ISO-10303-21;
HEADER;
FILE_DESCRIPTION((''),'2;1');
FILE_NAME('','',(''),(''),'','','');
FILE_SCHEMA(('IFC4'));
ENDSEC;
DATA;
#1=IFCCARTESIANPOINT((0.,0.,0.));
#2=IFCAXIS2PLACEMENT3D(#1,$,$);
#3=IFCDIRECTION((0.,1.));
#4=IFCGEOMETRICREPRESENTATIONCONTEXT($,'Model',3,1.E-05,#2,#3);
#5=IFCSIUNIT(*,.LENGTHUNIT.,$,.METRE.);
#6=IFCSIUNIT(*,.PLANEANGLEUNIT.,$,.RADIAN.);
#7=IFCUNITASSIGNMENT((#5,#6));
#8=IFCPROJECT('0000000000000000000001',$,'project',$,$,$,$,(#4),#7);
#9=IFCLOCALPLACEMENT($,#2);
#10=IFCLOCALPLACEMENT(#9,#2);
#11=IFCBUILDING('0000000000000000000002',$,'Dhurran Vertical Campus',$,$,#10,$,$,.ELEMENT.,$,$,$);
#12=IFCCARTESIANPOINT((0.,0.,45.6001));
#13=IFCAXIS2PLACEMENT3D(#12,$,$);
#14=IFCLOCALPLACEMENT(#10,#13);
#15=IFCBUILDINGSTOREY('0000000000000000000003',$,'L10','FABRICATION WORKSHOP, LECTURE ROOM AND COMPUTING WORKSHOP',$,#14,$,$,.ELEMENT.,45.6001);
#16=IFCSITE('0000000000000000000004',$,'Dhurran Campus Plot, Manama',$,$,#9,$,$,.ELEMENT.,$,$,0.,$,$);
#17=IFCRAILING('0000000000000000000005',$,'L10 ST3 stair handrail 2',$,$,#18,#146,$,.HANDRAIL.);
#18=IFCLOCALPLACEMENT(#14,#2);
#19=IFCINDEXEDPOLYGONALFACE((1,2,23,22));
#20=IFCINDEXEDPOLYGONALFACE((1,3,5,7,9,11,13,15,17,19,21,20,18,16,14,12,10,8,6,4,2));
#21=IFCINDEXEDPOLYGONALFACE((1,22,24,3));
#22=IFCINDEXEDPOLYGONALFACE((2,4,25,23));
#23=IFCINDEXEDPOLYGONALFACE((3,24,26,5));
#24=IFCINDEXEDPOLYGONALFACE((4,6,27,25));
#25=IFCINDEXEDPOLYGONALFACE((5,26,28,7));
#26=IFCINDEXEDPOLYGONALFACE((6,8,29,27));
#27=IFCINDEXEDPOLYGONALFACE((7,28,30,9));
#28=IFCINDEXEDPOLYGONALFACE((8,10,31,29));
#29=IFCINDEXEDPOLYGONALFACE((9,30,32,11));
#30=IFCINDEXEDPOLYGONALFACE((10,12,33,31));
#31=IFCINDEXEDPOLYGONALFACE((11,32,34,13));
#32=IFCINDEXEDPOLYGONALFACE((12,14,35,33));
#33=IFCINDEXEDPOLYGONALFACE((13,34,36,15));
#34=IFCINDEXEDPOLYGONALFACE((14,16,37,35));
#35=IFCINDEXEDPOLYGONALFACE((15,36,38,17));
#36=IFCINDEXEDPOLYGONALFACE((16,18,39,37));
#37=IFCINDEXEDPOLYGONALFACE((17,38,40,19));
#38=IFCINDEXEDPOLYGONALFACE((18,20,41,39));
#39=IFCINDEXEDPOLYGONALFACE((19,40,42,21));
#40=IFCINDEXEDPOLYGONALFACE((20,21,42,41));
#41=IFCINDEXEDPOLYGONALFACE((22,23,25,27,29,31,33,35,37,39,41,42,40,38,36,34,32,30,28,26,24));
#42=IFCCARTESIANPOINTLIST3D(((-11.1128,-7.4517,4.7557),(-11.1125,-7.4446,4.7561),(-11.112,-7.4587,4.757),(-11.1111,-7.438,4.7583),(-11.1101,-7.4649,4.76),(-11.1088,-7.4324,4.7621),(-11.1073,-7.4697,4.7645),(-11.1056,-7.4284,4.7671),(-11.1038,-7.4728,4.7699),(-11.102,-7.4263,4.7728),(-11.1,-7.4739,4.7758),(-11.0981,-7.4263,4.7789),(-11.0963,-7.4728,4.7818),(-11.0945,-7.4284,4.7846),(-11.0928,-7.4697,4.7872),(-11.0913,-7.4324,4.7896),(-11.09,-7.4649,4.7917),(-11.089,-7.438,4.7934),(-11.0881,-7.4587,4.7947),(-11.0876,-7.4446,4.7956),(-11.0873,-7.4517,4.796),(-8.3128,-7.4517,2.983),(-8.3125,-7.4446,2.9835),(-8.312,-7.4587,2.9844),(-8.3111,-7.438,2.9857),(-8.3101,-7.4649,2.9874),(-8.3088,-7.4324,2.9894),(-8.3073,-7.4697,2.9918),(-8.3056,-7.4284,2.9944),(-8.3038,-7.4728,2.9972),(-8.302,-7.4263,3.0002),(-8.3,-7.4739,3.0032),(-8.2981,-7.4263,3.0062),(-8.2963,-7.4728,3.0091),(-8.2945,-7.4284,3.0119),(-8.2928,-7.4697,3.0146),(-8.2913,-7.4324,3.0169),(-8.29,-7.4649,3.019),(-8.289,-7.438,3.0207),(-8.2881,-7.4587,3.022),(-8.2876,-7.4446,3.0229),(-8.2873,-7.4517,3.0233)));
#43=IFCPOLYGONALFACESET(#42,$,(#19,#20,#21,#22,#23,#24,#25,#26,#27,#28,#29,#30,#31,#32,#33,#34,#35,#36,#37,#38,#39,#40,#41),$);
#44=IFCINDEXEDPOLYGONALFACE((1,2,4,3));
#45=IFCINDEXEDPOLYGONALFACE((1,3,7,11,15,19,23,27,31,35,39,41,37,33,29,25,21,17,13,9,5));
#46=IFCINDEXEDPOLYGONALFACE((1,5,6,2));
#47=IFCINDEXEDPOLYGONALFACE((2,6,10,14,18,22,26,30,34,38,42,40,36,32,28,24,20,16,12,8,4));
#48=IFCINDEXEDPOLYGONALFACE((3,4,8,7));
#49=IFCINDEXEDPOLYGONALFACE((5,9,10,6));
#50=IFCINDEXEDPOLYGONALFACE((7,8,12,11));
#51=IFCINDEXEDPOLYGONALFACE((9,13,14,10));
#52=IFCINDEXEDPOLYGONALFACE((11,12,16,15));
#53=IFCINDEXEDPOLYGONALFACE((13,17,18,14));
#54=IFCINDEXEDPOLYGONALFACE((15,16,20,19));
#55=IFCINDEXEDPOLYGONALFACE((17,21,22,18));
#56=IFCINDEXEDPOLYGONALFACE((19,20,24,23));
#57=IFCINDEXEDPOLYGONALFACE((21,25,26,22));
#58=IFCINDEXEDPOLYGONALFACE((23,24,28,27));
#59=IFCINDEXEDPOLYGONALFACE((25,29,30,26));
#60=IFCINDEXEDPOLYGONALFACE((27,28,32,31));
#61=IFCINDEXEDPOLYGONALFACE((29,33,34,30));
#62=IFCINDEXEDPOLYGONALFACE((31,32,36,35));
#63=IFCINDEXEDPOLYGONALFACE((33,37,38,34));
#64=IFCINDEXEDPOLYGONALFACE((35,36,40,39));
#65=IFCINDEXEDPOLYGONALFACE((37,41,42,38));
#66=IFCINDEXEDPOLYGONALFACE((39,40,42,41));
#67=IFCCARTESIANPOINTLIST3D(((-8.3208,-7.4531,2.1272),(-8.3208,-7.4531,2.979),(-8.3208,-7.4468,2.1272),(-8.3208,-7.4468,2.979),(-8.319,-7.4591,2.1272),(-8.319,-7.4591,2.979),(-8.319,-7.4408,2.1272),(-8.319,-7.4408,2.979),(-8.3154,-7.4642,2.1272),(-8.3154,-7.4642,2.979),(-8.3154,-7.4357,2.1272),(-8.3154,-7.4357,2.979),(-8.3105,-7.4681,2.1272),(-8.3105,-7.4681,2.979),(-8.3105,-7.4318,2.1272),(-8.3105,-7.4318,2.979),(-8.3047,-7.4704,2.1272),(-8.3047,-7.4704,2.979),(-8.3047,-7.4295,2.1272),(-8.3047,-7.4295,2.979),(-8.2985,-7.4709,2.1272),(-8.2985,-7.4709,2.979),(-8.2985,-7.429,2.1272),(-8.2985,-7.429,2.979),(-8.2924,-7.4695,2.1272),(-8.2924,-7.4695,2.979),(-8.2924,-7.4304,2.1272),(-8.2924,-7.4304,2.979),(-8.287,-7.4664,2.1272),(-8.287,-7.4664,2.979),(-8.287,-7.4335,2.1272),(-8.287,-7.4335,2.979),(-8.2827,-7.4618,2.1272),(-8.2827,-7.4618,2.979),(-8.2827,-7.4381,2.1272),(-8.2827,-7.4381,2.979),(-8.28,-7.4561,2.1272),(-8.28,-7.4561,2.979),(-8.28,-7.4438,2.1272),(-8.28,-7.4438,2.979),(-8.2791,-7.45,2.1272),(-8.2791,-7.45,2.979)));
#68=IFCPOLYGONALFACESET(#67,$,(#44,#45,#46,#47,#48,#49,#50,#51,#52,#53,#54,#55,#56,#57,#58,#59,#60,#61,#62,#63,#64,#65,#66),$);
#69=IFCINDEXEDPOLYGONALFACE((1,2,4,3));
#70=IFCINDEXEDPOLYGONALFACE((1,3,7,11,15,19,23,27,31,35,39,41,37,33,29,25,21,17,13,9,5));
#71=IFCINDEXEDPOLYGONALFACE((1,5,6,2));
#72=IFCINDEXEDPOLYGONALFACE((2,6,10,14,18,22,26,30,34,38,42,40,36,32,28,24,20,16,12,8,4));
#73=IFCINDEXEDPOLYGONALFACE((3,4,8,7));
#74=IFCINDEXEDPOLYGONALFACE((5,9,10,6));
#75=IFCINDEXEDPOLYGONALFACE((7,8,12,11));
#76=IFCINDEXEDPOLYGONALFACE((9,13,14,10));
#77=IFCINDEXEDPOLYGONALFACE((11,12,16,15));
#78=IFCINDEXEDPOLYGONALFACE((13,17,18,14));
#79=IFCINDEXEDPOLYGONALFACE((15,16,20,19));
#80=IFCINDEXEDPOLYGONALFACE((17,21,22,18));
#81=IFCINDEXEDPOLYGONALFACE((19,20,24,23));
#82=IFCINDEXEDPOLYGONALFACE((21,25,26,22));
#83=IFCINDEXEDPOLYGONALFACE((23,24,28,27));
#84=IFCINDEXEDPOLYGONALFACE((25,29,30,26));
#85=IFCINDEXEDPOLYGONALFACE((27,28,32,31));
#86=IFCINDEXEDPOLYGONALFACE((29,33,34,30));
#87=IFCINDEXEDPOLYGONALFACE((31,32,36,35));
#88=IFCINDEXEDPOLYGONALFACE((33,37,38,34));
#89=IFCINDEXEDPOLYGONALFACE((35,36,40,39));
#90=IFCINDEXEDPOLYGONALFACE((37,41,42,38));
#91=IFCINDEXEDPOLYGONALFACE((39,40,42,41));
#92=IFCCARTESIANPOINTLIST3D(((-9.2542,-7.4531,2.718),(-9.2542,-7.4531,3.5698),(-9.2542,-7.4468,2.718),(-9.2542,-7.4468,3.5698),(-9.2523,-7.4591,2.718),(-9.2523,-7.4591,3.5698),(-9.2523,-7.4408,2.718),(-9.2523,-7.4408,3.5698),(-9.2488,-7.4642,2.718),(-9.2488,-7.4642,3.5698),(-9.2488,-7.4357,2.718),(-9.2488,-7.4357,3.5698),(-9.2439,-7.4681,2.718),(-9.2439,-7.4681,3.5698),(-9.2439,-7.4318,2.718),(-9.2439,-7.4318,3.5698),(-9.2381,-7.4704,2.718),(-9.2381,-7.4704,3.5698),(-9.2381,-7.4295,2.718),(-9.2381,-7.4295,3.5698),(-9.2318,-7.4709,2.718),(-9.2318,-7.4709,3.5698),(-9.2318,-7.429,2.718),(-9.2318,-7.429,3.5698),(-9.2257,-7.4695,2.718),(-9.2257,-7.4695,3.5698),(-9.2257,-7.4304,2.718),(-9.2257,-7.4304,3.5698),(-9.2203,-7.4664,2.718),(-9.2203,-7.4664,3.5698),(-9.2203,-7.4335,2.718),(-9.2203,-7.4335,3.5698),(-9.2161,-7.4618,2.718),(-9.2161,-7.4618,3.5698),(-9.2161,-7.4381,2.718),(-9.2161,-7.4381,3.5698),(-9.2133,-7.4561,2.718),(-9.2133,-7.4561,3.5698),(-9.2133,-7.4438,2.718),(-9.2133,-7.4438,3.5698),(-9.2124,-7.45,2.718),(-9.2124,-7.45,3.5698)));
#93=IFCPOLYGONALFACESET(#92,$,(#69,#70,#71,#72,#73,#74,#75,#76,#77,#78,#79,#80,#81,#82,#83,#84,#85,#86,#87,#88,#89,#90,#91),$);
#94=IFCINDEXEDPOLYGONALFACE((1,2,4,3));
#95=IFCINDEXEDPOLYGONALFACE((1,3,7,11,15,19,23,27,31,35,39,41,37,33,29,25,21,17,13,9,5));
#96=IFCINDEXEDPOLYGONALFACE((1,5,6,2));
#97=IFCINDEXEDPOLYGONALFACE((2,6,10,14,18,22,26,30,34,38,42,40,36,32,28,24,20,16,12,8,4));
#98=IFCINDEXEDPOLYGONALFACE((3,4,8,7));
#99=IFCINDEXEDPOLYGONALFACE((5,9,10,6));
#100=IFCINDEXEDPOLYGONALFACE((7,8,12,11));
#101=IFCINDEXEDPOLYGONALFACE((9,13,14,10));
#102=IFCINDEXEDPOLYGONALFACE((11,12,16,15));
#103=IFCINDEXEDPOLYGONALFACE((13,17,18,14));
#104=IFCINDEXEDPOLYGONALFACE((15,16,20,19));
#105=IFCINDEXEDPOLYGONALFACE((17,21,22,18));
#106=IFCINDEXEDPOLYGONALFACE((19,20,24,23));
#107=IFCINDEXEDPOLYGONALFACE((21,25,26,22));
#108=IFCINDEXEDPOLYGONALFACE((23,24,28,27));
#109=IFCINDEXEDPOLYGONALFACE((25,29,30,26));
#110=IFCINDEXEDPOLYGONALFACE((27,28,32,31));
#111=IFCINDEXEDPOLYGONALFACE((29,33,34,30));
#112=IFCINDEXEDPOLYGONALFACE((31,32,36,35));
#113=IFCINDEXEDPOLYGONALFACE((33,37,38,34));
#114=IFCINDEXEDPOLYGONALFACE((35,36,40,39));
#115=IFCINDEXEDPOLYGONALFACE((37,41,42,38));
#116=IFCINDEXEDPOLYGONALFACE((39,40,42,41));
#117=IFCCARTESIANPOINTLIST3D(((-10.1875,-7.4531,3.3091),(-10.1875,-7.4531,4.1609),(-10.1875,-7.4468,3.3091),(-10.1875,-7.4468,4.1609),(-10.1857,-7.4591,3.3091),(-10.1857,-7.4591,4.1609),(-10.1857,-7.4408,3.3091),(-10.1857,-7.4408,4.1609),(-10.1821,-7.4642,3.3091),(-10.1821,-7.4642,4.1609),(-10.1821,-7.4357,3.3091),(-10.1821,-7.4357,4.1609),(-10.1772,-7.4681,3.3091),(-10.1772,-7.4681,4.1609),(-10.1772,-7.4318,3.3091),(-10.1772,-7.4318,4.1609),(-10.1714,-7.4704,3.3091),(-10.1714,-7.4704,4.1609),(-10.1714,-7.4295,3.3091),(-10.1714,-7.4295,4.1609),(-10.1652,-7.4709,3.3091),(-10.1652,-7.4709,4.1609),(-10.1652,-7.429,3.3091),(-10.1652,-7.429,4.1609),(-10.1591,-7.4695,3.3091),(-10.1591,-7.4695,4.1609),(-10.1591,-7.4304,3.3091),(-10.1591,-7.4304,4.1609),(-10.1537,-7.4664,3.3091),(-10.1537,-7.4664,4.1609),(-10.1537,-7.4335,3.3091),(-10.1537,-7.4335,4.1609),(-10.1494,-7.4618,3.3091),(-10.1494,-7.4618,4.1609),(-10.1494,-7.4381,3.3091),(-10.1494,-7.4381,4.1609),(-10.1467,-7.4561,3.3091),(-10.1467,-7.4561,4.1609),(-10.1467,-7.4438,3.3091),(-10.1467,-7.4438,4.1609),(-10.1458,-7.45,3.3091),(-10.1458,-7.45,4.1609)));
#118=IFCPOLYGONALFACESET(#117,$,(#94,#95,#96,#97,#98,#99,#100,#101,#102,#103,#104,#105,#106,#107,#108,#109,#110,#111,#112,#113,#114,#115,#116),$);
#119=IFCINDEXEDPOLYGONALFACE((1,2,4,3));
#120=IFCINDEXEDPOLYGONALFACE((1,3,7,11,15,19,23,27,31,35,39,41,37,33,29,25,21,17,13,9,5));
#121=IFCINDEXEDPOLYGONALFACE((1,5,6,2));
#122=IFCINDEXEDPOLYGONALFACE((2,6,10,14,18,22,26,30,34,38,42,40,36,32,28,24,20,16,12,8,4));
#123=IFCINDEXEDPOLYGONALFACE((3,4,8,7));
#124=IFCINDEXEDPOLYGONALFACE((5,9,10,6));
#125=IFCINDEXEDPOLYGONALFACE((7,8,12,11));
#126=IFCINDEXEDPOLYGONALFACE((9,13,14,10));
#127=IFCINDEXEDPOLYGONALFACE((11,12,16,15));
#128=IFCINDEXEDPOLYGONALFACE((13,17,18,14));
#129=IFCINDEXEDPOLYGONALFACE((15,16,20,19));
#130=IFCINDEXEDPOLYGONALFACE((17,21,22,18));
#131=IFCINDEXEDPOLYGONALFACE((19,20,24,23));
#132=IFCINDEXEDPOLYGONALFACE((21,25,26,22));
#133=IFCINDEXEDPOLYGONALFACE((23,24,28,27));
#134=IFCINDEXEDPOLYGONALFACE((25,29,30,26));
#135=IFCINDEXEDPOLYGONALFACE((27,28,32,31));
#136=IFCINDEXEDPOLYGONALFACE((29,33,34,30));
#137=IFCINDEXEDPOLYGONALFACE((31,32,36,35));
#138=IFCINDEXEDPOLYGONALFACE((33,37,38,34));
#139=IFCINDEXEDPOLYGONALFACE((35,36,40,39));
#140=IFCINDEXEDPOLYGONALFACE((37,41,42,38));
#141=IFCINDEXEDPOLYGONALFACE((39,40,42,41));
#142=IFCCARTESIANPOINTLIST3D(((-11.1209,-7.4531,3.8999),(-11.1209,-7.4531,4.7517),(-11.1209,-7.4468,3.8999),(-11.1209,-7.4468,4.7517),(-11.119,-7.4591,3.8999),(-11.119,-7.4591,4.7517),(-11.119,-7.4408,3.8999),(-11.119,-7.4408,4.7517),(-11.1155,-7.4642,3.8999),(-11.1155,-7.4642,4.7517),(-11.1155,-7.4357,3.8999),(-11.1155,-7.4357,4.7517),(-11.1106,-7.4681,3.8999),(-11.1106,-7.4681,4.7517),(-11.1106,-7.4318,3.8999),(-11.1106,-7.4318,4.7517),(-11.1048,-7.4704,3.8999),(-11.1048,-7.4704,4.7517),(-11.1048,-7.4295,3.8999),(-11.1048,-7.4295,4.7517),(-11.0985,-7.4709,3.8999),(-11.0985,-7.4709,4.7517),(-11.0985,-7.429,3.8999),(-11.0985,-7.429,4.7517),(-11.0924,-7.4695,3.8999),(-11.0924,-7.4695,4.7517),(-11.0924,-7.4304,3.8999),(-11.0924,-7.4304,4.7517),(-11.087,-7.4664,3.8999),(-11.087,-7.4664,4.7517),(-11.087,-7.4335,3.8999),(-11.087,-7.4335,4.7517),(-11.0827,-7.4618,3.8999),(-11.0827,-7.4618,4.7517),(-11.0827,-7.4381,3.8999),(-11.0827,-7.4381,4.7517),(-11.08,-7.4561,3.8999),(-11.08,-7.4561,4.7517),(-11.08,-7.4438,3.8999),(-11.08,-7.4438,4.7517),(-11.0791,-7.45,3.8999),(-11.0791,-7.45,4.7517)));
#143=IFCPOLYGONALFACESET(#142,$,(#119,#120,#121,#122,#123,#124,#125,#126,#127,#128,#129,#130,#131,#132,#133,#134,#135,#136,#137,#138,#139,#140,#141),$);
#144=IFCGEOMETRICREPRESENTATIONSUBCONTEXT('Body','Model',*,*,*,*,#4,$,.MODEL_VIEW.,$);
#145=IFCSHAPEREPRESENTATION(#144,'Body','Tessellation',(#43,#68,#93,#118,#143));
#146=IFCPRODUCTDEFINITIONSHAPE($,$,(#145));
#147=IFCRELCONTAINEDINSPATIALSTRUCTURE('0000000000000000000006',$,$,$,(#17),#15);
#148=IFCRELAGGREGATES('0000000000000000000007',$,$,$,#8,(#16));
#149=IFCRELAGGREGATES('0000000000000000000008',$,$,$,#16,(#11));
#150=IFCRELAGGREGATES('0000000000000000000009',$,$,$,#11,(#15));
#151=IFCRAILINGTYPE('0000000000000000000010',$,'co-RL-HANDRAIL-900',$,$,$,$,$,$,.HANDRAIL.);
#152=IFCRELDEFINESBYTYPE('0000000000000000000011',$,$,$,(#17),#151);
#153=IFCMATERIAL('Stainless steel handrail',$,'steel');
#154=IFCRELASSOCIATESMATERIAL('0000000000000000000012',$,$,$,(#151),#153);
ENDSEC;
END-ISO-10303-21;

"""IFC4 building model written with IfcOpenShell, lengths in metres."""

from ifc_helpers import new_model, si_unit, direction, frame, origin, origin_2d, place, context, subcontext, project, spatial, circle, extrude, material, type_object, element, save


model = new_model("IFC4")

# Units and contexts
model_context = context("Model", 3, precision=1e-05, world=origin(), true_north=direction((0.0, 1.0)))
body_context = subcontext(model_context, "Body", "Model", "MODEL_VIEW")
ifc_project = project(units=[si_unit("LENGTHUNIT", "METRE"), si_unit("PLANEANGLEUNIT", "RADIAN")], contexts=[model_context])

# Site, building, storey
site_placement = place(None, origin())
site = spatial("IfcSite", under=ifc_project, at=site_placement, Name="Dhurran Campus Plot, Manama", CompositionType="ELEMENT", RefElevation=0.0)
building_placement = place(site_placement, origin())
building = spatial("IfcBuilding", under=site, at=building_placement, Name="Dhurran Vertical Campus", CompositionType="ELEMENT")
storey_placement = place(building_placement, frame((0.0, 0.0, 45.6001)))
storey = spatial("IfcBuildingStorey", under=building, at=storey_placement, Name="L10", Description="FABRICATION WORKSHOP, LECTURE ROOM AND COMPUTING WORKSHOP", CompositionType="ELEMENT", Elevation=45.6001)

# Railing
ifc_material_1 = material(Name="Stainless steel handrail", Category="steel")
railing_type_1 = type_object("IfcRailingType", Name="co-RL-HANDRAIL-900", PredefinedType="HANDRAIL", material=ifc_material_1)
railing_1_placement = place(storey_placement, frame((-8.3, -7.45, 2.1272)))
element("IfcRailing", 1, at=railing_1_placement, inside=storey, type_object=railing_type_1, Name="L10 ST3 stair handrail 2", PredefinedType="HANDRAIL", context=body_context, shape_type="SweptSolid", body=[
    extrude(circle(Radius=0.0239, at=origin_2d()), frame((0.0, 0.0, 0.876), z_axis=(-0.844909, 0.0, 0.53491), x_axis=(0.0, -1.0, 0.0)), (0.0, 0.0, 1.0), 3.314),
    extrude(circle(Radius=0.021, at=origin_2d()), origin(), (0.0, 0.0, 1.0), 0.8518),
    extrude(circle(Radius=0.021, at=origin_2d()), frame((-0.9333, 0.0, 0.5908)), (0.0, 0.0, 1.0), 0.8518),
    extrude(circle(Radius=0.021, at=origin_2d()), frame((-1.8667, 0.0, 1.1819)), (0.0, 0.0, 1.0), 0.8518),
    extrude(circle(Radius=0.021, at=origin_2d()), frame((-2.8, 0.0, 1.7727)), (0.0, 0.0, 1.0), 0.8518),
])

save(model, "model.ifc")
